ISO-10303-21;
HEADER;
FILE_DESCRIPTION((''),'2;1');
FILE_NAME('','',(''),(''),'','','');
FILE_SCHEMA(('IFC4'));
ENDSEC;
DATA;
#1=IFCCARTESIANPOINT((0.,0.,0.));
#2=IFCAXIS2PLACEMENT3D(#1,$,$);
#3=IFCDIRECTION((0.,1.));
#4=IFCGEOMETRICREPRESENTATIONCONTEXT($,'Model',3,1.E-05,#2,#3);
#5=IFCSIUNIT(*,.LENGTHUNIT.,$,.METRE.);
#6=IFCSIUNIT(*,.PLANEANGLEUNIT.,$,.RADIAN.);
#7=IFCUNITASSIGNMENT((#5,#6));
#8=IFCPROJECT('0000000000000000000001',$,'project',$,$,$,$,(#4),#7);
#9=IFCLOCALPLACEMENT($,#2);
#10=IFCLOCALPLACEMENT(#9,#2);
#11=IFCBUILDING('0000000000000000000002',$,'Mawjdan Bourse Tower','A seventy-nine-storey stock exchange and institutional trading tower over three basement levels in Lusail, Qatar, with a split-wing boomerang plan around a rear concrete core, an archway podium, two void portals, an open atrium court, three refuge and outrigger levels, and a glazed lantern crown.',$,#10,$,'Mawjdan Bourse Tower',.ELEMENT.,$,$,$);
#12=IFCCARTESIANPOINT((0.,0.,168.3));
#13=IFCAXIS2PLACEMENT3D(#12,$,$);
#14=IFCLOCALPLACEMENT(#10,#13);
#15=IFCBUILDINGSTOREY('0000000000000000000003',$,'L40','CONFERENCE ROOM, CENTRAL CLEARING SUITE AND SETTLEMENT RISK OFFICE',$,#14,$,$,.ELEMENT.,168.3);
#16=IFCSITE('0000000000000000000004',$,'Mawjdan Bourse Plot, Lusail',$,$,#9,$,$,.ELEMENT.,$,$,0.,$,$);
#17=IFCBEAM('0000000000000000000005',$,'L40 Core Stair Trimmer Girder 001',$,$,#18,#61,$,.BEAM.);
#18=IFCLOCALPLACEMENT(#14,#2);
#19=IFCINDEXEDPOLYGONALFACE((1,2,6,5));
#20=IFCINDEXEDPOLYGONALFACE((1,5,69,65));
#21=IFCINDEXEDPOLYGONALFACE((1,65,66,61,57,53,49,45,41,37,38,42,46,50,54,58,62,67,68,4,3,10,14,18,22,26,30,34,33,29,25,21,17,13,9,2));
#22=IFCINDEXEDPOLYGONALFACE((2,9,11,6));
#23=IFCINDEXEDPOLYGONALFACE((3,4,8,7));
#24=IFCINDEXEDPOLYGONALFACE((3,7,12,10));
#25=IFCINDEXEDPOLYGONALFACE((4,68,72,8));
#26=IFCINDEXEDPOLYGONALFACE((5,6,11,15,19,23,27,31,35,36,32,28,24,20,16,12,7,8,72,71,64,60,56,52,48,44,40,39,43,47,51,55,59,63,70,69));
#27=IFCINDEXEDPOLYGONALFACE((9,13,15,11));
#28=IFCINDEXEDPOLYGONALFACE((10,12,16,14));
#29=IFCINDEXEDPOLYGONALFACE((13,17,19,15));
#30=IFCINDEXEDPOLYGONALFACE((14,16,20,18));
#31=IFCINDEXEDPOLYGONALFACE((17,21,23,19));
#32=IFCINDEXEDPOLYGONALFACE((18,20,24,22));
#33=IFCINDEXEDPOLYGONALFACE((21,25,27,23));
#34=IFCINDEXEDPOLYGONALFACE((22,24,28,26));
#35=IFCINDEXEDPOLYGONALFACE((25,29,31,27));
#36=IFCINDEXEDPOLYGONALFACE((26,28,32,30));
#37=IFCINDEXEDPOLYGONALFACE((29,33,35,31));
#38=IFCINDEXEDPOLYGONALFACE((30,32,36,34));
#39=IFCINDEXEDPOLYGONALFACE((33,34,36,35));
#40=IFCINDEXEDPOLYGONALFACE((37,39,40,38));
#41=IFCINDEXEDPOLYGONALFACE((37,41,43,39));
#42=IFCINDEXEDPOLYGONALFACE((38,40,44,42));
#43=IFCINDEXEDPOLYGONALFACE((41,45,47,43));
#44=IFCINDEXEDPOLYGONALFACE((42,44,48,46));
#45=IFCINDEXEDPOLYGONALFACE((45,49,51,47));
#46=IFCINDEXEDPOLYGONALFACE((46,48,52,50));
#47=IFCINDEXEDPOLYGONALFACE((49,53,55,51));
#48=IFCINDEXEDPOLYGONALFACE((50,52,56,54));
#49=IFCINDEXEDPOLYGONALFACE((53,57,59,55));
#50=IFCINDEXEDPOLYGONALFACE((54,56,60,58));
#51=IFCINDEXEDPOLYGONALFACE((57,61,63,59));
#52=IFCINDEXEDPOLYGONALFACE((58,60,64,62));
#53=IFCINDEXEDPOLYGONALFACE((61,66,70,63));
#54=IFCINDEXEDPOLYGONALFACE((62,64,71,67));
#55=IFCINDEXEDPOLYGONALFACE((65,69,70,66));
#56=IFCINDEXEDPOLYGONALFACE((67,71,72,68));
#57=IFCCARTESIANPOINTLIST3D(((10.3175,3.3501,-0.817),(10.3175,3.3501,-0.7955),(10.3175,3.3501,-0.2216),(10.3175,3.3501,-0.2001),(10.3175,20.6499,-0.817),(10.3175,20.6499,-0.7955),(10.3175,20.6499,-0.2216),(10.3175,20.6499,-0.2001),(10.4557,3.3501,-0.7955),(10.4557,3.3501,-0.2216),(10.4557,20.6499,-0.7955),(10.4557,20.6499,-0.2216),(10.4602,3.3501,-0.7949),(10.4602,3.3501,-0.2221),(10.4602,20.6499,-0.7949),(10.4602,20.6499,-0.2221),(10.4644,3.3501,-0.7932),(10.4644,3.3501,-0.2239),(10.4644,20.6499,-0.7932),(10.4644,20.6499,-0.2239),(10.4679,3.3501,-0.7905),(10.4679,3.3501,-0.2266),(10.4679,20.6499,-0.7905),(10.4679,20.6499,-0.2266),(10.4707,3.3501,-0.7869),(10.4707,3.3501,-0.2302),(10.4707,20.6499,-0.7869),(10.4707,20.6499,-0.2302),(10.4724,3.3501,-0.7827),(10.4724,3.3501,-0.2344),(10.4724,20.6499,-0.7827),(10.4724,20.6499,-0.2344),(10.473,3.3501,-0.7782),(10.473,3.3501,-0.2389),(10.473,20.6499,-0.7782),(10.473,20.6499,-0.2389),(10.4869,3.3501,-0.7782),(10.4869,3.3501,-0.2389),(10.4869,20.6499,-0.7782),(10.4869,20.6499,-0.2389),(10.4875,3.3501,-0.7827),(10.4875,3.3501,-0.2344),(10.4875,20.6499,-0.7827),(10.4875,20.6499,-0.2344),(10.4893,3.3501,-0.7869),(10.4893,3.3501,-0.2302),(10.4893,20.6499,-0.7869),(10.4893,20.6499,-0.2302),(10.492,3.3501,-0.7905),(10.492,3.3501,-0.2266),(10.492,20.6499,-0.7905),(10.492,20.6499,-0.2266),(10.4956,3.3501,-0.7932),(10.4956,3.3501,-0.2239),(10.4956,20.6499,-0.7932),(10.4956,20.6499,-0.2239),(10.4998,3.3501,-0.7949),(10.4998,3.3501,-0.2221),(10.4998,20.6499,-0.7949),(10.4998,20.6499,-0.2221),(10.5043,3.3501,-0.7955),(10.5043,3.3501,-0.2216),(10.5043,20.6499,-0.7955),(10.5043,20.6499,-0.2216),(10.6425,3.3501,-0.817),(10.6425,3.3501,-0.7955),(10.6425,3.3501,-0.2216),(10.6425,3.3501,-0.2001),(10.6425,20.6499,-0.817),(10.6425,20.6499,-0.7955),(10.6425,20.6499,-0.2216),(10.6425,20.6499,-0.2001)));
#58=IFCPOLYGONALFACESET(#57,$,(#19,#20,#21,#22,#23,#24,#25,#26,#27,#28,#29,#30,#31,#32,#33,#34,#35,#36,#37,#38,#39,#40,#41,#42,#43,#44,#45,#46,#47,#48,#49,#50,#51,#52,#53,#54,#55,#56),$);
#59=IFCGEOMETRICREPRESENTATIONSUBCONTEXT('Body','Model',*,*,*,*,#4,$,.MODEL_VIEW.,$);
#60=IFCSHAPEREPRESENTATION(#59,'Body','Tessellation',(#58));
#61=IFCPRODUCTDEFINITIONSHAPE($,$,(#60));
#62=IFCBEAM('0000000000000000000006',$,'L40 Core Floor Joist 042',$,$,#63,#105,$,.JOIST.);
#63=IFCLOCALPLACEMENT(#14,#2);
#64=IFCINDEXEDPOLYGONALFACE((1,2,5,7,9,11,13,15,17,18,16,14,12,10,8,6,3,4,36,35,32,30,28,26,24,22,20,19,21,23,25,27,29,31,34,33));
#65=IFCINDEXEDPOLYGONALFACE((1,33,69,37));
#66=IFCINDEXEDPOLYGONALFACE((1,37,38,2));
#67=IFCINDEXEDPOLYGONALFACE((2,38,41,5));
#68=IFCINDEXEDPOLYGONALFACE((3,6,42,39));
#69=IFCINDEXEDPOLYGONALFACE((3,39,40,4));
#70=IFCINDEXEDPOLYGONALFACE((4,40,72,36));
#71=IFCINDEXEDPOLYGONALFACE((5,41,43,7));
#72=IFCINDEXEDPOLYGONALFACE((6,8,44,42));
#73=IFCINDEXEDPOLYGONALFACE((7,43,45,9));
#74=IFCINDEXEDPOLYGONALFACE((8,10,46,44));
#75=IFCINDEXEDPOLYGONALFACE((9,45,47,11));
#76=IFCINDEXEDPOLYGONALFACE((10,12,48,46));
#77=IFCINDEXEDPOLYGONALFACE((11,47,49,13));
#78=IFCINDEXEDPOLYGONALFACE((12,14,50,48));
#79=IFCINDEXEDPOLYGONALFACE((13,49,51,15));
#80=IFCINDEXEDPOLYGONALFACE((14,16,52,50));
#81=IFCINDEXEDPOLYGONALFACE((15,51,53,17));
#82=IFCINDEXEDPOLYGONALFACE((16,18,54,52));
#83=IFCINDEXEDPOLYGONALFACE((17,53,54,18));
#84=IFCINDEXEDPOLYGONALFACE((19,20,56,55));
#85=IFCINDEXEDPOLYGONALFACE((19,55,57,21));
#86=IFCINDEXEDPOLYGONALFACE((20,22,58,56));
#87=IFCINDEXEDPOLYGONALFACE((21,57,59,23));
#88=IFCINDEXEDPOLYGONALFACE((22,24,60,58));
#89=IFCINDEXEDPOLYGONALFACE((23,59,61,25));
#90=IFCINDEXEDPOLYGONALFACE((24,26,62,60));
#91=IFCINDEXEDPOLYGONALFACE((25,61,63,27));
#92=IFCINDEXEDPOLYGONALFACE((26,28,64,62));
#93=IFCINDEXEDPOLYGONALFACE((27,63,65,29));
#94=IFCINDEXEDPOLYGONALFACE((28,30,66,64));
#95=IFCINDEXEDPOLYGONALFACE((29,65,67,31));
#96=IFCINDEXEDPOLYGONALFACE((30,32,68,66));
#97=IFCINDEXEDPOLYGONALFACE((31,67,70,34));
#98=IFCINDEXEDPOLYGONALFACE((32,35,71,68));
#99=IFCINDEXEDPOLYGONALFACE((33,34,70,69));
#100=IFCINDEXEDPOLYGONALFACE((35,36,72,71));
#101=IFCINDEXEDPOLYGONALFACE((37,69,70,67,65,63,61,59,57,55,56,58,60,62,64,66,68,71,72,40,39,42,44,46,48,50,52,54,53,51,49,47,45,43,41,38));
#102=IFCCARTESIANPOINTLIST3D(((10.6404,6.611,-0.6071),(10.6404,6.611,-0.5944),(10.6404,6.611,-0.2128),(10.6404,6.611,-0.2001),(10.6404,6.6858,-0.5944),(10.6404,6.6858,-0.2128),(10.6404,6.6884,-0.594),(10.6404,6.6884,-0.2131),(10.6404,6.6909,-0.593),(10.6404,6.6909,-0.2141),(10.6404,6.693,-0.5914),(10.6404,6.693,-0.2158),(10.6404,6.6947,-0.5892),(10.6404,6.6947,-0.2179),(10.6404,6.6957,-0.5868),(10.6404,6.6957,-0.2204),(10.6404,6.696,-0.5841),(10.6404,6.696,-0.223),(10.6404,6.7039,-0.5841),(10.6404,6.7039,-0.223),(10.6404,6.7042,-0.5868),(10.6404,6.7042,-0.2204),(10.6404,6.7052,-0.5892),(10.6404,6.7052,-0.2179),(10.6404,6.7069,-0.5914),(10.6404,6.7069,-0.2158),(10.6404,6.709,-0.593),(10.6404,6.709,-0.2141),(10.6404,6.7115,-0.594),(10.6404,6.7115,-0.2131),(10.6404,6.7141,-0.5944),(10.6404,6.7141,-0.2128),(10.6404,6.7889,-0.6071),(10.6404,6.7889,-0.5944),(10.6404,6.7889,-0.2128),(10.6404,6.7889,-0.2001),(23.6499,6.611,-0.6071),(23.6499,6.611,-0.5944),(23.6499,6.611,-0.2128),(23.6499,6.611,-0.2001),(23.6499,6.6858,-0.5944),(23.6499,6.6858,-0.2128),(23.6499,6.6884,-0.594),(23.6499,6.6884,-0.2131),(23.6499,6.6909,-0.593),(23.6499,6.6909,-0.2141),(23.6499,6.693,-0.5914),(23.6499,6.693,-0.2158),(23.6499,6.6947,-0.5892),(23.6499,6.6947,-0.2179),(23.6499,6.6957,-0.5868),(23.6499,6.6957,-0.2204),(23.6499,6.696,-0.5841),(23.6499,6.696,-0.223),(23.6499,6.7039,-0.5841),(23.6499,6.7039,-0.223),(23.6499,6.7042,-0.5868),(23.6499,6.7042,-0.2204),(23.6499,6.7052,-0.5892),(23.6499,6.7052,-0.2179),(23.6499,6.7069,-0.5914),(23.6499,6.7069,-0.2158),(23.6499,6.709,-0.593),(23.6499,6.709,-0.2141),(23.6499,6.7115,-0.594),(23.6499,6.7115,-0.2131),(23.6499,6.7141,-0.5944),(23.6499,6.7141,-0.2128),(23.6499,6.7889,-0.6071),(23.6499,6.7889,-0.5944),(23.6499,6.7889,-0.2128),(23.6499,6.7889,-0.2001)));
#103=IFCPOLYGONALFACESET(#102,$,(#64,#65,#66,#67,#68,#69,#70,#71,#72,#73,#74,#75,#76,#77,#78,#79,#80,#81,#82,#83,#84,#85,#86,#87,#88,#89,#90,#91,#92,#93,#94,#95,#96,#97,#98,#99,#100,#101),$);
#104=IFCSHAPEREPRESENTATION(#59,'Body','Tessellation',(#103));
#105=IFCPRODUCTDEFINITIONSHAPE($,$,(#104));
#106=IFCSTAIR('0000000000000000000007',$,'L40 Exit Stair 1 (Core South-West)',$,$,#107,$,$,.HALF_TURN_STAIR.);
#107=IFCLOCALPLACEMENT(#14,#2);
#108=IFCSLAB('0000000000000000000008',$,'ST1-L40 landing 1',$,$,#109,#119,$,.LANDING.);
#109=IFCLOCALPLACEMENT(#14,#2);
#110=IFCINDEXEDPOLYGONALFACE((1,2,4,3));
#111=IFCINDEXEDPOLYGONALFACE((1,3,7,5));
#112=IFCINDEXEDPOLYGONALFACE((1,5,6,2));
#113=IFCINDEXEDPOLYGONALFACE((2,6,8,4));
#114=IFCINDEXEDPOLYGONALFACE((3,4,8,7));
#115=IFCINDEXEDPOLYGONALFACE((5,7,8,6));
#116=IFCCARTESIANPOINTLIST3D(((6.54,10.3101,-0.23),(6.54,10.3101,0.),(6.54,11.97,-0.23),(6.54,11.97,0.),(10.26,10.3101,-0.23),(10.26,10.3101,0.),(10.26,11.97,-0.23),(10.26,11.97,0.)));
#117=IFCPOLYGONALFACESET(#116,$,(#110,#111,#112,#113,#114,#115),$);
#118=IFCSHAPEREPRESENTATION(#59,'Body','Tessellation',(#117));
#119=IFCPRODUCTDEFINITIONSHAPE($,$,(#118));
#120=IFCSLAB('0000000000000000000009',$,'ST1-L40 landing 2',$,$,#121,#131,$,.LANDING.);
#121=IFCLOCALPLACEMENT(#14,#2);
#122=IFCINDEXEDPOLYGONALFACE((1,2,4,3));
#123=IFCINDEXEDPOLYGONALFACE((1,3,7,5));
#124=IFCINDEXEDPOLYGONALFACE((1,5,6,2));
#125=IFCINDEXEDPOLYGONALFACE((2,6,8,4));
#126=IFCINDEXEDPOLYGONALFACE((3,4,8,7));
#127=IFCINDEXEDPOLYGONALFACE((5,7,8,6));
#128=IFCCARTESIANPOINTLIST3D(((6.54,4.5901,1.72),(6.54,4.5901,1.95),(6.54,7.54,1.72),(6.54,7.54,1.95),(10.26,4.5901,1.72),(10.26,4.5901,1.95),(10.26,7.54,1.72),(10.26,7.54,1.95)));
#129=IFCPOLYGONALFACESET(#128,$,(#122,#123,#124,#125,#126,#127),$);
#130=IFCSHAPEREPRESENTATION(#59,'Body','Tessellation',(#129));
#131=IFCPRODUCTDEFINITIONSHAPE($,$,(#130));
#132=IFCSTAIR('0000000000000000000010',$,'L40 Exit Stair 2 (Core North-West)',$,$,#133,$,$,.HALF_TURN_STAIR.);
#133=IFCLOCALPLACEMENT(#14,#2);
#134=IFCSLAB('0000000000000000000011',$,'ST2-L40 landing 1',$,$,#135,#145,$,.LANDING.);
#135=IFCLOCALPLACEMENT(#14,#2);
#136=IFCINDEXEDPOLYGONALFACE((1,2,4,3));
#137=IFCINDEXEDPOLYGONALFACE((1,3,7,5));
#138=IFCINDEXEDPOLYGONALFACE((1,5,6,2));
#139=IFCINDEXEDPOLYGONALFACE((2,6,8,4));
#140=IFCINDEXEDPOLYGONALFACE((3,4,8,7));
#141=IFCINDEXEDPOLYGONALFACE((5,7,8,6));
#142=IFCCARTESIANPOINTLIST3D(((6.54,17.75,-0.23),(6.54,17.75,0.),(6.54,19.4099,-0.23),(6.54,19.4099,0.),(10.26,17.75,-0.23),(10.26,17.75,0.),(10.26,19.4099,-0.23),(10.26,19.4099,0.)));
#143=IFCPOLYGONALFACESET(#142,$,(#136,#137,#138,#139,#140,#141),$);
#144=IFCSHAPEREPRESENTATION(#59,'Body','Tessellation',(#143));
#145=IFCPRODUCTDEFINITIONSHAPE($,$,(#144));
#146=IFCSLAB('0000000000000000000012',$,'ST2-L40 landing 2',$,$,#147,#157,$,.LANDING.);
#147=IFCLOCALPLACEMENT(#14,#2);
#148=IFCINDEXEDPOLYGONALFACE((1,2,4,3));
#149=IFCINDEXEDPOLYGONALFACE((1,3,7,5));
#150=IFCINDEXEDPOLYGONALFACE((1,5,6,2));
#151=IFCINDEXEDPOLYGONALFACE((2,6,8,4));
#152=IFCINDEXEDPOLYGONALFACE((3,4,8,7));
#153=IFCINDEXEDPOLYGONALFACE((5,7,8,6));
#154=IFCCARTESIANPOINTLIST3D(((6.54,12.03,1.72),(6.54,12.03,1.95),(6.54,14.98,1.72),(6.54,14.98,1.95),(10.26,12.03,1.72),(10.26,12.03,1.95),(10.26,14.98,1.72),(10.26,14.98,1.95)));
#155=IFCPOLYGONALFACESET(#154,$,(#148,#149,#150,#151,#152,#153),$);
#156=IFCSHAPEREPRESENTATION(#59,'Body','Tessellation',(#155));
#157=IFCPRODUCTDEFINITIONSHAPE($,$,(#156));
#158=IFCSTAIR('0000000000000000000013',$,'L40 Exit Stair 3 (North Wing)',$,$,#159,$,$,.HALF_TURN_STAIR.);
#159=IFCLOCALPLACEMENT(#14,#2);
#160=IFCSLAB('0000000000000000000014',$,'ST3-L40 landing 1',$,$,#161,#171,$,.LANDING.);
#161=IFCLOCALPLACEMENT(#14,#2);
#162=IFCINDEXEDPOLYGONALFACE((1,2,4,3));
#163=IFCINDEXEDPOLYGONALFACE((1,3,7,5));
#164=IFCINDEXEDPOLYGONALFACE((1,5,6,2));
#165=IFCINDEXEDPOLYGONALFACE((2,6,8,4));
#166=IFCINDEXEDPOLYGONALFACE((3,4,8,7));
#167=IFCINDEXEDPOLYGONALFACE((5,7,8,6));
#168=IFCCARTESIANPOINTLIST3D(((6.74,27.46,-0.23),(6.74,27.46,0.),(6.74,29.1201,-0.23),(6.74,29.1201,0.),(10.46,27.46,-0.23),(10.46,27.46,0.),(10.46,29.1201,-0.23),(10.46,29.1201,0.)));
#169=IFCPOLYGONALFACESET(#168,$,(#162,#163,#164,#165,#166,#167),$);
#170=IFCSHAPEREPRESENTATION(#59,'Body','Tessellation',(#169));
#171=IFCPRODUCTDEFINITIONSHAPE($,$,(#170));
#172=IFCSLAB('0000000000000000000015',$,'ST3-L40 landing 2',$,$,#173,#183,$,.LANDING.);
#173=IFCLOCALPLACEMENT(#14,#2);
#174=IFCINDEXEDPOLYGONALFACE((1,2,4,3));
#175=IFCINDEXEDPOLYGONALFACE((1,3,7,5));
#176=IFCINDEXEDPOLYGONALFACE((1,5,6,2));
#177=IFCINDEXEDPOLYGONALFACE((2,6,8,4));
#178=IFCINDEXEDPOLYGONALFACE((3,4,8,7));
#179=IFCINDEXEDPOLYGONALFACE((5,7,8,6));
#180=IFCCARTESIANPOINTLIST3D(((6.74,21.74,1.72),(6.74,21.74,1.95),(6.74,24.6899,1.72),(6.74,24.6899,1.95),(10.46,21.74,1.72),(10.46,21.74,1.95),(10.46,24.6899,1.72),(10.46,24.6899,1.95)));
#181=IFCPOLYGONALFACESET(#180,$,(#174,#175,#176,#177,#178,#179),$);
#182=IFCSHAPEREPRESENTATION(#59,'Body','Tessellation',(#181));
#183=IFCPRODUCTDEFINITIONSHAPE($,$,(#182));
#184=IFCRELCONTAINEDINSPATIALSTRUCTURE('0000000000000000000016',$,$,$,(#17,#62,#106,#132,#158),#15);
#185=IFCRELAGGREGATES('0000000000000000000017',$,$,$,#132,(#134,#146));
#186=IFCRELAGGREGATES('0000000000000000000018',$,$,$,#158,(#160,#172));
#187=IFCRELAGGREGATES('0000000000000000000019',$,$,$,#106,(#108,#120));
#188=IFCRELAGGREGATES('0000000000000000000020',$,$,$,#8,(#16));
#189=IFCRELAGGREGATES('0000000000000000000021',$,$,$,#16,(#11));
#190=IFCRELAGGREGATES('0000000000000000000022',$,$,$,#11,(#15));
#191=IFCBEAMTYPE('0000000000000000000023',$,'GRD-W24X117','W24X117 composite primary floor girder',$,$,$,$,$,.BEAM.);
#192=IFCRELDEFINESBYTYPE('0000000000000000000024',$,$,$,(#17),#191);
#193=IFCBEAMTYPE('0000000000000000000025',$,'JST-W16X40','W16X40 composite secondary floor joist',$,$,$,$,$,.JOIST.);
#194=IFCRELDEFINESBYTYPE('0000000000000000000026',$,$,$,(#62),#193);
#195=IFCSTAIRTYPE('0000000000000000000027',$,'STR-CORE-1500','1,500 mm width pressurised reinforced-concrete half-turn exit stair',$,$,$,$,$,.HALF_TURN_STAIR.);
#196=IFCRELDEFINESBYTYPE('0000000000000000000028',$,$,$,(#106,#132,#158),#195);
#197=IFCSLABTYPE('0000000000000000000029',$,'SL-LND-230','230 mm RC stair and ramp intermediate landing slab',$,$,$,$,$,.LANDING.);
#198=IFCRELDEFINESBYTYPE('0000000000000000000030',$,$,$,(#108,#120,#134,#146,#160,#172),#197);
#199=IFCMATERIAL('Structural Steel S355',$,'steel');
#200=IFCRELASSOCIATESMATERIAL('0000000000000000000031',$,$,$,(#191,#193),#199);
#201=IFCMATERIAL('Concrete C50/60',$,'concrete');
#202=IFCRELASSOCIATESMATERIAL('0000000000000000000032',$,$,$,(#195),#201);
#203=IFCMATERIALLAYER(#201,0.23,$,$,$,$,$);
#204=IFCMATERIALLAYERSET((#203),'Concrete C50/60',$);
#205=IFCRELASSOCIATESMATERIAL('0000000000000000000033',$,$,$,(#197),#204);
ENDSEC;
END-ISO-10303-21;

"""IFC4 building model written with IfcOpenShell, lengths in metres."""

from ifc_helpers import new_model, si_unit, direction, frame, origin, origin_2d, place, context, subcontext, project, spatial, polyline, i_section, outline, extrude, material, layer, layer_set, material_profile, profile_set, type_object, element, aggregate, save


model = new_model("IFC4")

# Units and contexts
model_context = context("Model", 3, precision=1e-05, world=origin(), true_north=direction((0.0, 1.0)))
body_context = subcontext(model_context, "Body", "Model", "MODEL_VIEW")
ifc_project = project(units=[si_unit("LENGTHUNIT", "METRE"), si_unit("PLANEANGLEUNIT", "RADIAN")], contexts=[model_context])

# Site, building, storey
site_placement = place(None, origin())
site = spatial("IfcSite", under=ifc_project, at=site_placement, Name="Mawjdan Bourse Plot, Lusail", CompositionType="ELEMENT", RefElevation=0.0)
building_placement = place(site_placement, origin())
building = spatial("IfcBuilding", under=site, at=building_placement, Name="Mawjdan Bourse Tower", Description="A seventy-nine-storey stock exchange and institutional trading tower over three basement levels in Lusail, Qatar, with a split-wing boomerang plan around a rear concrete core, an archway podium, two void portals, an open atrium court, three refuge and outrigger levels, and a glazed lantern crown.", LongName="Mawjdan Bourse Tower", CompositionType="ELEMENT")
storey_placement = place(building_placement, frame((0.0, 0.0, 168.3)))
storey = spatial("IfcBuildingStorey", under=building, at=storey_placement, Name="L40", Description="CONFERENCE ROOM, CENTRAL CLEARING SUITE AND SETTLEMENT RISK OFFICE", CompositionType="ELEMENT", Elevation=168.3)

# Beams
ifc_material_1 = material(Name="Structural Steel S355", Category="steel")
ifc_material_profile_1 = material_profile(ifc_material_1, i_section(OverallWidth=0.325, OverallDepth=0.6169, WebThickness=0.0139, FlangeThickness=0.0215, FilletRadius=0.0173, at=origin_2d()), Name="W24X117")
ifc_profile_set_1 = profile_set([ifc_material_profile_1], Name="Structural Steel S355")
beam_type_1 = type_object("IfcBeamType", Name="GRD-W24X117", Description="W24X117 composite primary floor girder", PredefinedType="BEAM", material=ifc_profile_set_1)
beam_1_placement = place(storey_placement, frame((10.48, 3.3501, -0.5085), z_axis=(0.0, 1.0, 0.0), x_axis=(-1.0, 0.0, 0.0)))
element("IfcBeam", 1, at=beam_1_placement, inside=storey, type_object=beam_type_1, Name="L40 Core Stair Trimmer Girder 001", PredefinedType="BEAM", context=body_context, shape_type="SweptSolid", body=[
    extrude(i_section(OverallWidth=0.325, OverallDepth=0.6169, WebThickness=0.0139, FlangeThickness=0.0215, FilletRadius=0.0173, at=origin_2d()), origin(), (0.0, 0.0, 1.0), 17.2998),
])
ifc_material_profile_2 = material_profile(ifc_material_1, i_section(OverallWidth=0.178, OverallDepth=0.407, WebThickness=0.0078, FlangeThickness=0.0127, FilletRadius=0.0103, at=origin_2d()), Name="W16X40")
ifc_profile_set_2 = profile_set([ifc_material_profile_2], Name="Structural Steel S355")
beam_type_2 = type_object("IfcBeamType", Name="JST-W16X40", Description="W16X40 composite secondary floor joist", PredefinedType="JOIST", material=ifc_profile_set_2)
beam_2_placement = place(storey_placement, frame((10.6404, 6.7, -0.4036), z_axis=(1.0, 0.0, 0.0), x_axis=(0.0, 1.0, 0.0)))
element("IfcBeam", 2, at=beam_2_placement, inside=storey, type_object=beam_type_2, Name="L40 Core Floor Joist 042", PredefinedType="JOIST", context=body_context, shape_type="SweptSolid", body=[
    extrude(i_section(OverallWidth=0.178, OverallDepth=0.407, WebThickness=0.0078, FlangeThickness=0.0127, FilletRadius=0.0103, at=origin_2d()), origin(), (0.0, 0.0, 1.0), 13.0095),
])

# Stairs, slabs
ifc_material_2 = material(Name="Concrete C50/60", Category="concrete")
stair_type = type_object("IfcStairType", Name="STR-CORE-1500", Description="1,500 mm width pressurised reinforced-concrete half-turn exit stair", PredefinedType="HALF_TURN_STAIR", material=ifc_material_2)
stair_1_placement = place(storey_placement, origin())
stair_1 = element("IfcStair", 3, at=stair_1_placement, inside=storey, type_object=stair_type, Name="L40 Exit Stair 1 (Core South-West)", PredefinedType="HALF_TURN_STAIR")
ifc_layer_1 = layer(ifc_material_2, 0.23)
ifc_layer_set_1 = layer_set([ifc_layer_1], Name="Concrete C50/60")
slab_type_1 = type_object("IfcSlabType", Name="SL-LND-230", Description="230 mm RC stair and ramp intermediate landing slab", PredefinedType="LANDING", material=ifc_layer_set_1)
slab_1_placement = place(storey_placement, frame((0.0, 0.0, -0.23)))
slab_1 = element("IfcSlab", 4, at=slab_1_placement, type_object=slab_type_1, Name="ST1-L40 landing 1", PredefinedType="LANDING", context=body_context, shape_type="SweptSolid", body=[
    extrude(outline(polyline([(6.54, 10.3101), (10.26, 10.3101), (10.26, 11.97), (6.54, 11.97), (6.54, 10.3101)])), origin(), (0.0, 0.0, 1.0), 0.23),
])
slab_2_placement = place(storey_placement, frame((0.0, 0.0, 1.72)))
slab_2 = element("IfcSlab", 5, at=slab_2_placement, type_object=slab_type_1, Name="ST1-L40 landing 2", PredefinedType="LANDING", context=body_context, shape_type="SweptSolid", body=[
    extrude(outline(polyline([(6.54, 4.5901), (10.26, 4.5901), (10.26, 7.54), (6.54, 7.54), (6.54, 4.5901)])), origin(), (0.0, 0.0, 1.0), 0.23),
])
stair_2_placement = place(storey_placement, origin())
stair_2 = element("IfcStair", 6, at=stair_2_placement, inside=storey, type_object=stair_type, Name="L40 Exit Stair 2 (Core North-West)", PredefinedType="HALF_TURN_STAIR")
slab_3_placement = place(storey_placement, frame((0.0, 0.0, -0.23)))
slab_3 = element("IfcSlab", 7, at=slab_3_placement, type_object=slab_type_1, Name="ST2-L40 landing 1", PredefinedType="LANDING", context=body_context, shape_type="SweptSolid", body=[
    extrude(outline(polyline([(6.54, 17.75), (10.26, 17.75), (10.26, 19.4099), (6.54, 19.4099), (6.54, 17.75)])), origin(), (0.0, 0.0, 1.0), 0.23),
])
slab_4_placement = place(storey_placement, frame((0.0, 0.0, 1.72)))
slab_4 = element("IfcSlab", 8, at=slab_4_placement, type_object=slab_type_1, Name="ST2-L40 landing 2", PredefinedType="LANDING", context=body_context, shape_type="SweptSolid", body=[
    extrude(outline(polyline([(6.54, 12.03), (10.26, 12.03), (10.26, 14.98), (6.54, 14.98), (6.54, 12.03)])), origin(), (0.0, 0.0, 1.0), 0.23),
])
aggregate(stair_2, [slab_3, slab_4])
stair_3_placement = place(storey_placement, origin())
stair_3 = element("IfcStair", 9, at=stair_3_placement, inside=storey, type_object=stair_type, Name="L40 Exit Stair 3 (North Wing)", PredefinedType="HALF_TURN_STAIR")
slab_5_placement = place(storey_placement, frame((0.0, 0.0, -0.23)))
slab_5 = element("IfcSlab", 10, at=slab_5_placement, type_object=slab_type_1, Name="ST3-L40 landing 1", PredefinedType="LANDING", context=body_context, shape_type="SweptSolid", body=[
    extrude(outline(polyline([(6.74, 27.46), (10.46, 27.46), (10.46, 29.1201), (6.74, 29.1201), (6.74, 27.46)])), origin(), (0.0, 0.0, 1.0), 0.23),
])
slab_6_placement = place(storey_placement, frame((0.0, 0.0, 1.72)))
slab_6 = element("IfcSlab", 11, at=slab_6_placement, type_object=slab_type_1, Name="ST3-L40 landing 2", PredefinedType="LANDING", context=body_context, shape_type="SweptSolid", body=[
    extrude(outline(polyline([(6.74, 21.74), (10.46, 21.74), (10.46, 24.6899), (6.74, 24.6899), (6.74, 21.74)])), origin(), (0.0, 0.0, 1.0), 0.23),
])
aggregate(stair_3, [slab_5, slab_6])

aggregate(stair_1, [slab_1, slab_2])

save(model, "model.ifc")
